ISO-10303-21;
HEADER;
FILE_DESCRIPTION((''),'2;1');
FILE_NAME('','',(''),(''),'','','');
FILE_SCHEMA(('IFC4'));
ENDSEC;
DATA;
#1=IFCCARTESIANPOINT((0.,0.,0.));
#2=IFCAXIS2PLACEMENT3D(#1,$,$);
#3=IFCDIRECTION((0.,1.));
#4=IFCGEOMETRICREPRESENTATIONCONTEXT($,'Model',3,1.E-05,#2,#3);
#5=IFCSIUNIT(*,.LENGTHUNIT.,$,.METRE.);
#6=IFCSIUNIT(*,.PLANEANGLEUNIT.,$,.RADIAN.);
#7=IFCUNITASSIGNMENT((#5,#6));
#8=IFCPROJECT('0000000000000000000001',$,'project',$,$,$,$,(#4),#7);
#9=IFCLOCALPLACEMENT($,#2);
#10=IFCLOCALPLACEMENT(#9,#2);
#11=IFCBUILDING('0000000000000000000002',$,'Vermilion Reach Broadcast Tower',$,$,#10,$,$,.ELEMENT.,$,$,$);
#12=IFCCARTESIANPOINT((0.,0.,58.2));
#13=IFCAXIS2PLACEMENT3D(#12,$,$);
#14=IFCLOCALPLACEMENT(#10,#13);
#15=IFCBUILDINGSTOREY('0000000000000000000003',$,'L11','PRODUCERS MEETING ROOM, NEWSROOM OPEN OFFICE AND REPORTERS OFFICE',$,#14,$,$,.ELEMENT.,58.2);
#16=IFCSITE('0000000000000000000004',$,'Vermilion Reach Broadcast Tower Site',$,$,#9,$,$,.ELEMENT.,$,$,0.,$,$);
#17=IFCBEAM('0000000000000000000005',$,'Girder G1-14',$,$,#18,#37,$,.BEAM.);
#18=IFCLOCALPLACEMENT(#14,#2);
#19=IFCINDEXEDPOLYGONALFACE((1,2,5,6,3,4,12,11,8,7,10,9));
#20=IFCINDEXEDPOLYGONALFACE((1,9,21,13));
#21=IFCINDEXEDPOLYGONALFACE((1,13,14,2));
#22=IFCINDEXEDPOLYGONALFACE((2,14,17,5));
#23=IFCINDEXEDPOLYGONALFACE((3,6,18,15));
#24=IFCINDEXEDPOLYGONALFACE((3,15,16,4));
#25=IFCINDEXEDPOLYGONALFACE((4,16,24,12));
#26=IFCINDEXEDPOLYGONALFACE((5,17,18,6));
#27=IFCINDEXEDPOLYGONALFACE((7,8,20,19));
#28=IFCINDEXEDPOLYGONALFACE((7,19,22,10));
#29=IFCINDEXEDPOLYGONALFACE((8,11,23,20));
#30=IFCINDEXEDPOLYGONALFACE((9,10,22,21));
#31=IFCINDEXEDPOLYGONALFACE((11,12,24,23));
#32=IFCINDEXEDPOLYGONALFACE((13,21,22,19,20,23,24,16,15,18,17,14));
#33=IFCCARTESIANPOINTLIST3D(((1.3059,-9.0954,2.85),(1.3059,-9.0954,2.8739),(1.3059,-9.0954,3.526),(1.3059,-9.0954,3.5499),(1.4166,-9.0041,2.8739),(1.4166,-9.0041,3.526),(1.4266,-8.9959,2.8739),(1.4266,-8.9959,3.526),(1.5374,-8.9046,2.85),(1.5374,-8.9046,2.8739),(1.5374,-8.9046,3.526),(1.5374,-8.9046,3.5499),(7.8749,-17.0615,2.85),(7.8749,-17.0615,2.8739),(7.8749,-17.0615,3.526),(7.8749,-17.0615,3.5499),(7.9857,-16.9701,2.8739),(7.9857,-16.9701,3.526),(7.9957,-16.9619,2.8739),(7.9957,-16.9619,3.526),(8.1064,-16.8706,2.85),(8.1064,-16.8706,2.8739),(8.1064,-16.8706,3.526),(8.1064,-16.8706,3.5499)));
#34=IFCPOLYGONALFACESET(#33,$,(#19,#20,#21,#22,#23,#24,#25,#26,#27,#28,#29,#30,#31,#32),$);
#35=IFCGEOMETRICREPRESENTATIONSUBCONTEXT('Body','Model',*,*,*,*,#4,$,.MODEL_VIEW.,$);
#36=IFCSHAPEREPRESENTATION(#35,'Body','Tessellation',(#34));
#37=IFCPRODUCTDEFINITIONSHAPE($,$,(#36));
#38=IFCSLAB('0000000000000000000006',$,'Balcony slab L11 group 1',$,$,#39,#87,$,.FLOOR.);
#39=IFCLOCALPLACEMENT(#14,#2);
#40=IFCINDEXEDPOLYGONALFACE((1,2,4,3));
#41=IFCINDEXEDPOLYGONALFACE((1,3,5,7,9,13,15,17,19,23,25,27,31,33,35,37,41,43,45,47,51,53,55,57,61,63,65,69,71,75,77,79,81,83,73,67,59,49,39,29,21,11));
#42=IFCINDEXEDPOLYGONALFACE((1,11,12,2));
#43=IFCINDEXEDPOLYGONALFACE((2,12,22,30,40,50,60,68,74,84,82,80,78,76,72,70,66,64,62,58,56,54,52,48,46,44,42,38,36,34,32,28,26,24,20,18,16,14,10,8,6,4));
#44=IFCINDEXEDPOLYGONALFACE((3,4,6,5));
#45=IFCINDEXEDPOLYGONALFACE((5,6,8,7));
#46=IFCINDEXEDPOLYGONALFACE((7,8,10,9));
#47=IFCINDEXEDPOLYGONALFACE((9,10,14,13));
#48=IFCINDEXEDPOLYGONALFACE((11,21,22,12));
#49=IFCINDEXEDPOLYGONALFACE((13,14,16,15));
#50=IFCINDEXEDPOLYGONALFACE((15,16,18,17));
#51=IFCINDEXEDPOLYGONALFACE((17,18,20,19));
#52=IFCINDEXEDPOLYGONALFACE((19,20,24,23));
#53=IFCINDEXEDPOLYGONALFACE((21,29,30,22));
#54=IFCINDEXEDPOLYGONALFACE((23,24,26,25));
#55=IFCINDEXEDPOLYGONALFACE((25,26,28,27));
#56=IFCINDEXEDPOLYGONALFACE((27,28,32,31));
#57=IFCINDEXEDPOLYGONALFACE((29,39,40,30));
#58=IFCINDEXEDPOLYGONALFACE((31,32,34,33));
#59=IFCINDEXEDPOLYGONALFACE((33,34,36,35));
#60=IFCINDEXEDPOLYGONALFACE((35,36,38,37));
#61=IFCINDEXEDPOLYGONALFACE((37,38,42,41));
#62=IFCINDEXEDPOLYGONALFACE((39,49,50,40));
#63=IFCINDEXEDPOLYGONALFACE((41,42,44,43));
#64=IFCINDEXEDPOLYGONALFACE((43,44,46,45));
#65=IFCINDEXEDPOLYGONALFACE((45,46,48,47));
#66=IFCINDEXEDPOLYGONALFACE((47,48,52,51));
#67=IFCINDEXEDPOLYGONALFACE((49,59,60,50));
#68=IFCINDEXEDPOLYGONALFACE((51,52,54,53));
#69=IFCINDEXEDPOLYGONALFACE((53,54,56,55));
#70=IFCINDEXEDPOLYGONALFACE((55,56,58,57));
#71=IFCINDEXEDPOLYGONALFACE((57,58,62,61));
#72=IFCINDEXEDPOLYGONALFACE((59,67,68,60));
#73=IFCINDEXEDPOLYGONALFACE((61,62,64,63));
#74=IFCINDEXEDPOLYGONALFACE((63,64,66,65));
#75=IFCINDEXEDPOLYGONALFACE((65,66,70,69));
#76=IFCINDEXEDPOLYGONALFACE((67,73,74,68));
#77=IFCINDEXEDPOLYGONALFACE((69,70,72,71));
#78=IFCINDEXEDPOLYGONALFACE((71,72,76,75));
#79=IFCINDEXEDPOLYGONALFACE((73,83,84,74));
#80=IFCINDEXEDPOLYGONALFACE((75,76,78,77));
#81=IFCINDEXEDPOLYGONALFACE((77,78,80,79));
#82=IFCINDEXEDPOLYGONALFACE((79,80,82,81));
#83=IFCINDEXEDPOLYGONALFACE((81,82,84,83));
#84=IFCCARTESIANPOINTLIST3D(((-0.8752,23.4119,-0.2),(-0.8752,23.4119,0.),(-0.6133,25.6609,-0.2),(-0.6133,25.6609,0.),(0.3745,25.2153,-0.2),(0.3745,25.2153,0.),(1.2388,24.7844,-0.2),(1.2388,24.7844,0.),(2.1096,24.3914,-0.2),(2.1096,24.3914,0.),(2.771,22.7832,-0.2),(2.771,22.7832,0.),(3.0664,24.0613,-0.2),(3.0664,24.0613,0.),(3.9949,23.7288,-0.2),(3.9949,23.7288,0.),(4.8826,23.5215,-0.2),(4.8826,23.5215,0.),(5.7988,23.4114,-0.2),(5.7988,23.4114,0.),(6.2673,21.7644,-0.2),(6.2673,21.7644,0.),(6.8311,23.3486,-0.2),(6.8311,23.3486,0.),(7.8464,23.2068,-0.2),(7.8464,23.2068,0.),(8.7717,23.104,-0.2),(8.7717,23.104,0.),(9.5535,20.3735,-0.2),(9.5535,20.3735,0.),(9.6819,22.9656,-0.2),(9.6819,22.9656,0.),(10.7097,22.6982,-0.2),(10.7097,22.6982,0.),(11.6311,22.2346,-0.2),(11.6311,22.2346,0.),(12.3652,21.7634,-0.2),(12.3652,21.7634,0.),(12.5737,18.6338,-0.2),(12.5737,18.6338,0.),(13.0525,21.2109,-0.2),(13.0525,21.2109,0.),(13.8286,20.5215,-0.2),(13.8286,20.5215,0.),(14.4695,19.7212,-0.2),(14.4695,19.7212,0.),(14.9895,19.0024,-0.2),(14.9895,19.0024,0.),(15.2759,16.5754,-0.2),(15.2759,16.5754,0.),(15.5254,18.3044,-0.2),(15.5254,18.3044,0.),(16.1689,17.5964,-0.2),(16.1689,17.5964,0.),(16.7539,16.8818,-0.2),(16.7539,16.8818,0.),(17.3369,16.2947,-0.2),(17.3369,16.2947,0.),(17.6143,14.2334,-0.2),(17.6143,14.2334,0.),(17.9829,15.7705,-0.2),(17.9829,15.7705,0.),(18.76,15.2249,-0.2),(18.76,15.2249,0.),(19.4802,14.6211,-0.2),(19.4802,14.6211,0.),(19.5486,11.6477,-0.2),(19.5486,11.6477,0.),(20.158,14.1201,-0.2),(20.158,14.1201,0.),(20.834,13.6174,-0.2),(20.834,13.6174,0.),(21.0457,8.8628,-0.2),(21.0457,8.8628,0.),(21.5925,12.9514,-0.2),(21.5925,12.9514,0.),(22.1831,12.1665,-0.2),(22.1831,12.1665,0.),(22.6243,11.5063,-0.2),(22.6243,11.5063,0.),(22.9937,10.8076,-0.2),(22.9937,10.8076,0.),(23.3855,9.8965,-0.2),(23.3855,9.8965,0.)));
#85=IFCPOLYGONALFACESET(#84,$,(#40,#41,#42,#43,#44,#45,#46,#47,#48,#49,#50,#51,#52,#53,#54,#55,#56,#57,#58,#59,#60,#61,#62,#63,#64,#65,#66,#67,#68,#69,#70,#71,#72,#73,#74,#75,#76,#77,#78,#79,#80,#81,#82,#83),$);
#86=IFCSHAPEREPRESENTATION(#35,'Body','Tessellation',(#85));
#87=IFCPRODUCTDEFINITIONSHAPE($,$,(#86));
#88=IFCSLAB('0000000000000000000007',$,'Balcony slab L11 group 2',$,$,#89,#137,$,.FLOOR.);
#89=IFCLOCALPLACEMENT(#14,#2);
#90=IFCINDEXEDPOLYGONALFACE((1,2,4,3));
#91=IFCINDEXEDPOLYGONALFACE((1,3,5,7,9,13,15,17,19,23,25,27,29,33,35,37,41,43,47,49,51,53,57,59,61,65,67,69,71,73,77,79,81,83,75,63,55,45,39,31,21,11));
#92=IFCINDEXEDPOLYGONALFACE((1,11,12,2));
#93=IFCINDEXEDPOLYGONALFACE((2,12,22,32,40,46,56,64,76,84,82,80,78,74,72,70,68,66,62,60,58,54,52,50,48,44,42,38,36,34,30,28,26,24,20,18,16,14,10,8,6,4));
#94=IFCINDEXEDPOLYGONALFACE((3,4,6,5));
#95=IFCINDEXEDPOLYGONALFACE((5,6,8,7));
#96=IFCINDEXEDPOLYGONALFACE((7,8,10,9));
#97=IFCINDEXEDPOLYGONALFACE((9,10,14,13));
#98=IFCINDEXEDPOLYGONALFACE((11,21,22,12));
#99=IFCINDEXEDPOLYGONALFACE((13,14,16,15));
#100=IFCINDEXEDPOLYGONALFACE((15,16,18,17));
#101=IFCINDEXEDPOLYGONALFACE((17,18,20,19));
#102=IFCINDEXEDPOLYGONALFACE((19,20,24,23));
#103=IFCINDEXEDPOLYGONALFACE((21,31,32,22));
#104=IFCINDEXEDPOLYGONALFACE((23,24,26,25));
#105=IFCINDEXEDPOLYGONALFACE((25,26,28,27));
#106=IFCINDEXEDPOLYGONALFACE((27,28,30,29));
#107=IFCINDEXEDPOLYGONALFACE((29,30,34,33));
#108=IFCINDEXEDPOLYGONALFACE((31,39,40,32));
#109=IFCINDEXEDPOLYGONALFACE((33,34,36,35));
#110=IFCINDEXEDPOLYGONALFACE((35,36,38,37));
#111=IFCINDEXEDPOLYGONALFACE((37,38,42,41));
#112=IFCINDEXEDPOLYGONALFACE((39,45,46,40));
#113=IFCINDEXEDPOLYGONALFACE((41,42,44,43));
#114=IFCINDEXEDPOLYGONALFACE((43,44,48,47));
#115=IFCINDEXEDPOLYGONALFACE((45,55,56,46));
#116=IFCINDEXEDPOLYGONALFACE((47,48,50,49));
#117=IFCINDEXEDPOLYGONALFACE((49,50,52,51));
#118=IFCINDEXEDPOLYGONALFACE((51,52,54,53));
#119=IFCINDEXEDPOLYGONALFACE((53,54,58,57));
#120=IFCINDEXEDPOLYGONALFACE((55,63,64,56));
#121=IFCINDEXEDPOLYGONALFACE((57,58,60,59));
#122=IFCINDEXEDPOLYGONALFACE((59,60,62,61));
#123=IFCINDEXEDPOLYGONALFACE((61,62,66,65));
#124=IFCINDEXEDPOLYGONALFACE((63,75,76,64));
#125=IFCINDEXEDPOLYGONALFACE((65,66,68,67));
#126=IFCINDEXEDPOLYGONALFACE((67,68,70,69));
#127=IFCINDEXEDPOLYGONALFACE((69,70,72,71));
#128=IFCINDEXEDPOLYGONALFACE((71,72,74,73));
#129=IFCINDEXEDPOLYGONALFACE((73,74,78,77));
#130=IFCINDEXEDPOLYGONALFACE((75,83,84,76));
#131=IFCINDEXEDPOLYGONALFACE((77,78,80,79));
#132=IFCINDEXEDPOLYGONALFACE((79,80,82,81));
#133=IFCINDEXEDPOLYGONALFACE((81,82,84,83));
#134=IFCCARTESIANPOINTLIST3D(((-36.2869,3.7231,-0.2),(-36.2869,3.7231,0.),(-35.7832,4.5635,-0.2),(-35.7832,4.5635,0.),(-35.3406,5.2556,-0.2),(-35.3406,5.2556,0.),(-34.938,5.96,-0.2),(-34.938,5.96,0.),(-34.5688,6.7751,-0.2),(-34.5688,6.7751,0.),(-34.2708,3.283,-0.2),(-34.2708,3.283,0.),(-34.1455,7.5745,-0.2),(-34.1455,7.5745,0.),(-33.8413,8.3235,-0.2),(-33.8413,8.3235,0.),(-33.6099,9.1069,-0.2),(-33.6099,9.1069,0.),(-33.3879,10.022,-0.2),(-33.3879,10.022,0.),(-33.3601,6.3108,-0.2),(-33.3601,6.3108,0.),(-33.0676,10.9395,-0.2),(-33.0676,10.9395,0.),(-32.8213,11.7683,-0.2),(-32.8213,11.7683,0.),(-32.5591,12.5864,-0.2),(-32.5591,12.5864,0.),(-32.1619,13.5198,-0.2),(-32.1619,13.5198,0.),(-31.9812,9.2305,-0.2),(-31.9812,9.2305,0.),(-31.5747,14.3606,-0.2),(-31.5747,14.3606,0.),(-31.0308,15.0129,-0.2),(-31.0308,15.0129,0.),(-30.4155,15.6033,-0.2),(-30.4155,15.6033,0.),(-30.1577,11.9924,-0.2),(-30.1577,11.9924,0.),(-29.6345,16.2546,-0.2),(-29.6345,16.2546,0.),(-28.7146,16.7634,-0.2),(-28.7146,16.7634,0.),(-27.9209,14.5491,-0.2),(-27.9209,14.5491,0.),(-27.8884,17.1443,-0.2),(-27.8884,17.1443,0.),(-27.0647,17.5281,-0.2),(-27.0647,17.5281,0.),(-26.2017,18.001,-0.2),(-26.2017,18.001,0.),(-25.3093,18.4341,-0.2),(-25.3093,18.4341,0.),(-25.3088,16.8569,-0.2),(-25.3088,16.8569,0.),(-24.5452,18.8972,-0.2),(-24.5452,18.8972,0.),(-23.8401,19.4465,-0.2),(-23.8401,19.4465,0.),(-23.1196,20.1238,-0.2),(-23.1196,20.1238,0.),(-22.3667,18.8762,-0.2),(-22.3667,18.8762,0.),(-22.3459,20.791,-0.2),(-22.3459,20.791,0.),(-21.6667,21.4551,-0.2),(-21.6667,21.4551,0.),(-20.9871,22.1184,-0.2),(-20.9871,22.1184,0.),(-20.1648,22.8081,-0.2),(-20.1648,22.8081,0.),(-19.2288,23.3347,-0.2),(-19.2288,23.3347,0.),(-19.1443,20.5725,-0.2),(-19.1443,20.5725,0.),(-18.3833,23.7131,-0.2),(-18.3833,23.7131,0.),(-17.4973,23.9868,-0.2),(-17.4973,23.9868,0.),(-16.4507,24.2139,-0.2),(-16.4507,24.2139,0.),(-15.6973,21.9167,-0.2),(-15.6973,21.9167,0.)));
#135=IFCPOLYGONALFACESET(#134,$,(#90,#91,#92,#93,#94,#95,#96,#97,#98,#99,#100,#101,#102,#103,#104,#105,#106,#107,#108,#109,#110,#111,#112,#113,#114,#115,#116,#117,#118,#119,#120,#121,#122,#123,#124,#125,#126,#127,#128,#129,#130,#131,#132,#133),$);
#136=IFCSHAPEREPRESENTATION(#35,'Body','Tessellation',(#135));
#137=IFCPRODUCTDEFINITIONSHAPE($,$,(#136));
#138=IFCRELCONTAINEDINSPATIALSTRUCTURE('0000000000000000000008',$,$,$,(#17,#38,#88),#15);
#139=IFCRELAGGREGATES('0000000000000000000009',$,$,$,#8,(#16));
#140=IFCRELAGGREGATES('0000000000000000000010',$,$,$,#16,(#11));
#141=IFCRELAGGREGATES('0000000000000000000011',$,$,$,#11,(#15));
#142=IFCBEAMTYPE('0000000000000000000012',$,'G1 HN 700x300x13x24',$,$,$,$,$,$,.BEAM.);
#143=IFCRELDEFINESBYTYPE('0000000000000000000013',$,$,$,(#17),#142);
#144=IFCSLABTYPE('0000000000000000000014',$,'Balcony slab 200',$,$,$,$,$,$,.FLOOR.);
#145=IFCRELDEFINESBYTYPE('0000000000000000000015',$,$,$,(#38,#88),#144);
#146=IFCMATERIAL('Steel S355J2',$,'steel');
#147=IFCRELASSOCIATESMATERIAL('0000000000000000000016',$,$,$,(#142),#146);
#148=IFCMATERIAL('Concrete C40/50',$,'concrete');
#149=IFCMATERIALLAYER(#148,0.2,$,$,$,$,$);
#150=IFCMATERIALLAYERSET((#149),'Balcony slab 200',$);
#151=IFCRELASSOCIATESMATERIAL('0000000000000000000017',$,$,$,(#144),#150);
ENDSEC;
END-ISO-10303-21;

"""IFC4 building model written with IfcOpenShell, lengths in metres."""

from ifc_helpers import new_model, si_unit, direction, frame, origin, origin_2d, place, context, subcontext, project, spatial, polyline, i_section, outline, extrude, material, layer, layer_set, material_profile, profile_set, type_object, element, save


model = new_model("IFC4")

# Units and contexts
model_context = context("Model", 3, precision=1e-05, world=origin(), true_north=direction((0.0, 1.0)))
body_context = subcontext(model_context, "Body", "Model", "MODEL_VIEW")
ifc_project = project(units=[si_unit("LENGTHUNIT", "METRE"), si_unit("PLANEANGLEUNIT", "RADIAN")], contexts=[model_context])

# Site, building, storey
site_placement = place(None, origin())
site = spatial("IfcSite", under=ifc_project, at=site_placement, Name="Vermilion Reach Broadcast Tower Site", CompositionType="ELEMENT", RefElevation=0.0)
building_placement = place(site_placement, origin())
building = spatial("IfcBuilding", under=site, at=building_placement, Name="Vermilion Reach Broadcast Tower", CompositionType="ELEMENT")
storey_placement = place(building_placement, frame((0.0, 0.0, 58.2)))
storey = spatial("IfcBuildingStorey", under=building, at=storey_placement, Name="L11", Description="PRODUCERS MEETING ROOM, NEWSROOM OPEN OFFICE AND REPORTERS OFFICE", CompositionType="ELEMENT", Elevation=58.2)

# Beam
ifc_material_1 = material(Name="Steel S355J2", Category="steel")
ifc_material_profile = material_profile(ifc_material_1, i_section(OverallWidth=0.3, OverallDepth=0.7, WebThickness=0.0129, FlangeThickness=0.0239, at=origin_2d()), Name="S355J2 HN 700x300x13x24")
ifc_profile_set = profile_set([ifc_material_profile], Name="Steel S355J2")
beam_type = type_object("IfcBeamType", Name="G1 HN 700x300x13x24", PredefinedType="BEAM", material=ifc_profile_set)
beam_placement = place(storey_placement, frame((1.4216, -9.0, 3.2), z_axis=(0.636215, -0.771512, 0.0), x_axis=(0.771512, 0.636215, 0.0)))
element("IfcBeam", 1, at=beam_placement, inside=storey, type_object=beam_type, Name="Girder G1-14", PredefinedType="BEAM", context=body_context, shape_type="SweptSolid", body=[
    extrude(i_section(OverallWidth=0.3, OverallDepth=0.7, WebThickness=0.0129, FlangeThickness=0.0239, at=origin_2d()), origin(), (0.0, 0.0, 1.0), 10.3252),
])

# Slabs
ifc_material_2 = material(Name="Concrete C40/50", Category="concrete")
ifc_layer_1 = layer(ifc_material_2, 0.2)
ifc_layer_set_1 = layer_set([ifc_layer_1], Name="Balcony slab 200")
slab_type_1 = type_object("IfcSlabType", Name="Balcony slab 200", PredefinedType="FLOOR", material=ifc_layer_set_1)
placement_1 = place(storey_placement, frame((0.0, 0.0, -0.2)))
element("IfcSlab", 2, at=placement_1, inside=storey, type_object=slab_type_1, Name="Balcony slab L11 group 1", PredefinedType="FLOOR", context=body_context, shape_type="SweptSolid", body=[
    extrude(outline(polyline([(21.0457, 8.8628), (19.5486, 11.6477), (17.6143, 14.2334), (15.2759, 16.5754), (12.5737, 18.6338), (9.5535, 20.3735), (6.2673, 21.7644), (2.771, 22.7832), (-0.8752, 23.4119), (-0.6133, 25.6609), (0.3745, 25.2153), (1.2388, 24.7844), (2.1096, 24.3914), (3.0664, 24.0613), (3.9949, 23.7288), (4.8826, 23.5215), (5.7988, 23.4114), (6.8311, 23.3486), (7.8464, 23.2068), (8.7717, 23.104), (9.6819, 22.9656), (10.7097, 22.6982), (11.6311, 22.2346), (12.3652, 21.7634), (13.0525, 21.2109), (13.8286, 20.5215), (14.4695, 19.7212), (14.9895, 19.0024), (15.5254, 18.3044), (16.1689, 17.5964), (16.7539, 16.8818), (17.3369, 16.2947), (17.9829, 15.7705), (18.76, 15.2249), (19.4802, 14.6211), (20.158, 14.1201), (20.834, 13.6174), (21.5925, 12.9514), (22.1831, 12.1665), (22.6243, 11.5063), (22.9937, 10.8076), (23.3855, 9.8965), (21.0457, 8.8628)])), origin(), (0.0, 0.0, 1.0), 0.2),
])
element("IfcSlab", 3, at=placement_1, inside=storey, type_object=slab_type_1, Name="Balcony slab L11 group 2", PredefinedType="FLOOR", context=body_context, shape_type="SweptSolid", body=[
    extrude(outline(polyline([(-15.6973, 21.9167), (-19.1443, 20.5725), (-22.3667, 18.8762), (-25.3088, 16.8569), (-27.9209, 14.5491), (-30.1577, 11.9924), (-31.9812, 9.2305), (-33.3601, 6.3108), (-34.2708, 3.283), (-36.2869, 3.7231), (-35.7832, 4.5635), (-35.3406, 5.2556), (-34.938, 5.96), (-34.5688, 6.7751), (-34.1455, 7.5745), (-33.8413, 8.3235), (-33.6099, 9.1069), (-33.3879, 10.022), (-33.0676, 10.9395), (-32.8213, 11.7683), (-32.5591, 12.5864), (-32.1619, 13.5198), (-31.5747, 14.3606), (-31.0308, 15.0129), (-30.4155, 15.6033), (-29.6345, 16.2546), (-28.7146, 16.7634), (-27.8884, 17.1443), (-27.0647, 17.5281), (-26.2017, 18.001), (-25.3093, 18.4341), (-24.5452, 18.8972), (-23.8401, 19.4465), (-23.1196, 20.1238), (-22.3459, 20.791), (-21.6667, 21.4551), (-20.9871, 22.1184), (-20.1648, 22.8081), (-19.2288, 23.3347), (-18.3833, 23.7131), (-17.4973, 23.9868), (-16.4507, 24.2139), (-15.6973, 21.9167)])), origin(), (0.0, 0.0, 1.0), 0.2),
])

save(model, "model.ifc")
